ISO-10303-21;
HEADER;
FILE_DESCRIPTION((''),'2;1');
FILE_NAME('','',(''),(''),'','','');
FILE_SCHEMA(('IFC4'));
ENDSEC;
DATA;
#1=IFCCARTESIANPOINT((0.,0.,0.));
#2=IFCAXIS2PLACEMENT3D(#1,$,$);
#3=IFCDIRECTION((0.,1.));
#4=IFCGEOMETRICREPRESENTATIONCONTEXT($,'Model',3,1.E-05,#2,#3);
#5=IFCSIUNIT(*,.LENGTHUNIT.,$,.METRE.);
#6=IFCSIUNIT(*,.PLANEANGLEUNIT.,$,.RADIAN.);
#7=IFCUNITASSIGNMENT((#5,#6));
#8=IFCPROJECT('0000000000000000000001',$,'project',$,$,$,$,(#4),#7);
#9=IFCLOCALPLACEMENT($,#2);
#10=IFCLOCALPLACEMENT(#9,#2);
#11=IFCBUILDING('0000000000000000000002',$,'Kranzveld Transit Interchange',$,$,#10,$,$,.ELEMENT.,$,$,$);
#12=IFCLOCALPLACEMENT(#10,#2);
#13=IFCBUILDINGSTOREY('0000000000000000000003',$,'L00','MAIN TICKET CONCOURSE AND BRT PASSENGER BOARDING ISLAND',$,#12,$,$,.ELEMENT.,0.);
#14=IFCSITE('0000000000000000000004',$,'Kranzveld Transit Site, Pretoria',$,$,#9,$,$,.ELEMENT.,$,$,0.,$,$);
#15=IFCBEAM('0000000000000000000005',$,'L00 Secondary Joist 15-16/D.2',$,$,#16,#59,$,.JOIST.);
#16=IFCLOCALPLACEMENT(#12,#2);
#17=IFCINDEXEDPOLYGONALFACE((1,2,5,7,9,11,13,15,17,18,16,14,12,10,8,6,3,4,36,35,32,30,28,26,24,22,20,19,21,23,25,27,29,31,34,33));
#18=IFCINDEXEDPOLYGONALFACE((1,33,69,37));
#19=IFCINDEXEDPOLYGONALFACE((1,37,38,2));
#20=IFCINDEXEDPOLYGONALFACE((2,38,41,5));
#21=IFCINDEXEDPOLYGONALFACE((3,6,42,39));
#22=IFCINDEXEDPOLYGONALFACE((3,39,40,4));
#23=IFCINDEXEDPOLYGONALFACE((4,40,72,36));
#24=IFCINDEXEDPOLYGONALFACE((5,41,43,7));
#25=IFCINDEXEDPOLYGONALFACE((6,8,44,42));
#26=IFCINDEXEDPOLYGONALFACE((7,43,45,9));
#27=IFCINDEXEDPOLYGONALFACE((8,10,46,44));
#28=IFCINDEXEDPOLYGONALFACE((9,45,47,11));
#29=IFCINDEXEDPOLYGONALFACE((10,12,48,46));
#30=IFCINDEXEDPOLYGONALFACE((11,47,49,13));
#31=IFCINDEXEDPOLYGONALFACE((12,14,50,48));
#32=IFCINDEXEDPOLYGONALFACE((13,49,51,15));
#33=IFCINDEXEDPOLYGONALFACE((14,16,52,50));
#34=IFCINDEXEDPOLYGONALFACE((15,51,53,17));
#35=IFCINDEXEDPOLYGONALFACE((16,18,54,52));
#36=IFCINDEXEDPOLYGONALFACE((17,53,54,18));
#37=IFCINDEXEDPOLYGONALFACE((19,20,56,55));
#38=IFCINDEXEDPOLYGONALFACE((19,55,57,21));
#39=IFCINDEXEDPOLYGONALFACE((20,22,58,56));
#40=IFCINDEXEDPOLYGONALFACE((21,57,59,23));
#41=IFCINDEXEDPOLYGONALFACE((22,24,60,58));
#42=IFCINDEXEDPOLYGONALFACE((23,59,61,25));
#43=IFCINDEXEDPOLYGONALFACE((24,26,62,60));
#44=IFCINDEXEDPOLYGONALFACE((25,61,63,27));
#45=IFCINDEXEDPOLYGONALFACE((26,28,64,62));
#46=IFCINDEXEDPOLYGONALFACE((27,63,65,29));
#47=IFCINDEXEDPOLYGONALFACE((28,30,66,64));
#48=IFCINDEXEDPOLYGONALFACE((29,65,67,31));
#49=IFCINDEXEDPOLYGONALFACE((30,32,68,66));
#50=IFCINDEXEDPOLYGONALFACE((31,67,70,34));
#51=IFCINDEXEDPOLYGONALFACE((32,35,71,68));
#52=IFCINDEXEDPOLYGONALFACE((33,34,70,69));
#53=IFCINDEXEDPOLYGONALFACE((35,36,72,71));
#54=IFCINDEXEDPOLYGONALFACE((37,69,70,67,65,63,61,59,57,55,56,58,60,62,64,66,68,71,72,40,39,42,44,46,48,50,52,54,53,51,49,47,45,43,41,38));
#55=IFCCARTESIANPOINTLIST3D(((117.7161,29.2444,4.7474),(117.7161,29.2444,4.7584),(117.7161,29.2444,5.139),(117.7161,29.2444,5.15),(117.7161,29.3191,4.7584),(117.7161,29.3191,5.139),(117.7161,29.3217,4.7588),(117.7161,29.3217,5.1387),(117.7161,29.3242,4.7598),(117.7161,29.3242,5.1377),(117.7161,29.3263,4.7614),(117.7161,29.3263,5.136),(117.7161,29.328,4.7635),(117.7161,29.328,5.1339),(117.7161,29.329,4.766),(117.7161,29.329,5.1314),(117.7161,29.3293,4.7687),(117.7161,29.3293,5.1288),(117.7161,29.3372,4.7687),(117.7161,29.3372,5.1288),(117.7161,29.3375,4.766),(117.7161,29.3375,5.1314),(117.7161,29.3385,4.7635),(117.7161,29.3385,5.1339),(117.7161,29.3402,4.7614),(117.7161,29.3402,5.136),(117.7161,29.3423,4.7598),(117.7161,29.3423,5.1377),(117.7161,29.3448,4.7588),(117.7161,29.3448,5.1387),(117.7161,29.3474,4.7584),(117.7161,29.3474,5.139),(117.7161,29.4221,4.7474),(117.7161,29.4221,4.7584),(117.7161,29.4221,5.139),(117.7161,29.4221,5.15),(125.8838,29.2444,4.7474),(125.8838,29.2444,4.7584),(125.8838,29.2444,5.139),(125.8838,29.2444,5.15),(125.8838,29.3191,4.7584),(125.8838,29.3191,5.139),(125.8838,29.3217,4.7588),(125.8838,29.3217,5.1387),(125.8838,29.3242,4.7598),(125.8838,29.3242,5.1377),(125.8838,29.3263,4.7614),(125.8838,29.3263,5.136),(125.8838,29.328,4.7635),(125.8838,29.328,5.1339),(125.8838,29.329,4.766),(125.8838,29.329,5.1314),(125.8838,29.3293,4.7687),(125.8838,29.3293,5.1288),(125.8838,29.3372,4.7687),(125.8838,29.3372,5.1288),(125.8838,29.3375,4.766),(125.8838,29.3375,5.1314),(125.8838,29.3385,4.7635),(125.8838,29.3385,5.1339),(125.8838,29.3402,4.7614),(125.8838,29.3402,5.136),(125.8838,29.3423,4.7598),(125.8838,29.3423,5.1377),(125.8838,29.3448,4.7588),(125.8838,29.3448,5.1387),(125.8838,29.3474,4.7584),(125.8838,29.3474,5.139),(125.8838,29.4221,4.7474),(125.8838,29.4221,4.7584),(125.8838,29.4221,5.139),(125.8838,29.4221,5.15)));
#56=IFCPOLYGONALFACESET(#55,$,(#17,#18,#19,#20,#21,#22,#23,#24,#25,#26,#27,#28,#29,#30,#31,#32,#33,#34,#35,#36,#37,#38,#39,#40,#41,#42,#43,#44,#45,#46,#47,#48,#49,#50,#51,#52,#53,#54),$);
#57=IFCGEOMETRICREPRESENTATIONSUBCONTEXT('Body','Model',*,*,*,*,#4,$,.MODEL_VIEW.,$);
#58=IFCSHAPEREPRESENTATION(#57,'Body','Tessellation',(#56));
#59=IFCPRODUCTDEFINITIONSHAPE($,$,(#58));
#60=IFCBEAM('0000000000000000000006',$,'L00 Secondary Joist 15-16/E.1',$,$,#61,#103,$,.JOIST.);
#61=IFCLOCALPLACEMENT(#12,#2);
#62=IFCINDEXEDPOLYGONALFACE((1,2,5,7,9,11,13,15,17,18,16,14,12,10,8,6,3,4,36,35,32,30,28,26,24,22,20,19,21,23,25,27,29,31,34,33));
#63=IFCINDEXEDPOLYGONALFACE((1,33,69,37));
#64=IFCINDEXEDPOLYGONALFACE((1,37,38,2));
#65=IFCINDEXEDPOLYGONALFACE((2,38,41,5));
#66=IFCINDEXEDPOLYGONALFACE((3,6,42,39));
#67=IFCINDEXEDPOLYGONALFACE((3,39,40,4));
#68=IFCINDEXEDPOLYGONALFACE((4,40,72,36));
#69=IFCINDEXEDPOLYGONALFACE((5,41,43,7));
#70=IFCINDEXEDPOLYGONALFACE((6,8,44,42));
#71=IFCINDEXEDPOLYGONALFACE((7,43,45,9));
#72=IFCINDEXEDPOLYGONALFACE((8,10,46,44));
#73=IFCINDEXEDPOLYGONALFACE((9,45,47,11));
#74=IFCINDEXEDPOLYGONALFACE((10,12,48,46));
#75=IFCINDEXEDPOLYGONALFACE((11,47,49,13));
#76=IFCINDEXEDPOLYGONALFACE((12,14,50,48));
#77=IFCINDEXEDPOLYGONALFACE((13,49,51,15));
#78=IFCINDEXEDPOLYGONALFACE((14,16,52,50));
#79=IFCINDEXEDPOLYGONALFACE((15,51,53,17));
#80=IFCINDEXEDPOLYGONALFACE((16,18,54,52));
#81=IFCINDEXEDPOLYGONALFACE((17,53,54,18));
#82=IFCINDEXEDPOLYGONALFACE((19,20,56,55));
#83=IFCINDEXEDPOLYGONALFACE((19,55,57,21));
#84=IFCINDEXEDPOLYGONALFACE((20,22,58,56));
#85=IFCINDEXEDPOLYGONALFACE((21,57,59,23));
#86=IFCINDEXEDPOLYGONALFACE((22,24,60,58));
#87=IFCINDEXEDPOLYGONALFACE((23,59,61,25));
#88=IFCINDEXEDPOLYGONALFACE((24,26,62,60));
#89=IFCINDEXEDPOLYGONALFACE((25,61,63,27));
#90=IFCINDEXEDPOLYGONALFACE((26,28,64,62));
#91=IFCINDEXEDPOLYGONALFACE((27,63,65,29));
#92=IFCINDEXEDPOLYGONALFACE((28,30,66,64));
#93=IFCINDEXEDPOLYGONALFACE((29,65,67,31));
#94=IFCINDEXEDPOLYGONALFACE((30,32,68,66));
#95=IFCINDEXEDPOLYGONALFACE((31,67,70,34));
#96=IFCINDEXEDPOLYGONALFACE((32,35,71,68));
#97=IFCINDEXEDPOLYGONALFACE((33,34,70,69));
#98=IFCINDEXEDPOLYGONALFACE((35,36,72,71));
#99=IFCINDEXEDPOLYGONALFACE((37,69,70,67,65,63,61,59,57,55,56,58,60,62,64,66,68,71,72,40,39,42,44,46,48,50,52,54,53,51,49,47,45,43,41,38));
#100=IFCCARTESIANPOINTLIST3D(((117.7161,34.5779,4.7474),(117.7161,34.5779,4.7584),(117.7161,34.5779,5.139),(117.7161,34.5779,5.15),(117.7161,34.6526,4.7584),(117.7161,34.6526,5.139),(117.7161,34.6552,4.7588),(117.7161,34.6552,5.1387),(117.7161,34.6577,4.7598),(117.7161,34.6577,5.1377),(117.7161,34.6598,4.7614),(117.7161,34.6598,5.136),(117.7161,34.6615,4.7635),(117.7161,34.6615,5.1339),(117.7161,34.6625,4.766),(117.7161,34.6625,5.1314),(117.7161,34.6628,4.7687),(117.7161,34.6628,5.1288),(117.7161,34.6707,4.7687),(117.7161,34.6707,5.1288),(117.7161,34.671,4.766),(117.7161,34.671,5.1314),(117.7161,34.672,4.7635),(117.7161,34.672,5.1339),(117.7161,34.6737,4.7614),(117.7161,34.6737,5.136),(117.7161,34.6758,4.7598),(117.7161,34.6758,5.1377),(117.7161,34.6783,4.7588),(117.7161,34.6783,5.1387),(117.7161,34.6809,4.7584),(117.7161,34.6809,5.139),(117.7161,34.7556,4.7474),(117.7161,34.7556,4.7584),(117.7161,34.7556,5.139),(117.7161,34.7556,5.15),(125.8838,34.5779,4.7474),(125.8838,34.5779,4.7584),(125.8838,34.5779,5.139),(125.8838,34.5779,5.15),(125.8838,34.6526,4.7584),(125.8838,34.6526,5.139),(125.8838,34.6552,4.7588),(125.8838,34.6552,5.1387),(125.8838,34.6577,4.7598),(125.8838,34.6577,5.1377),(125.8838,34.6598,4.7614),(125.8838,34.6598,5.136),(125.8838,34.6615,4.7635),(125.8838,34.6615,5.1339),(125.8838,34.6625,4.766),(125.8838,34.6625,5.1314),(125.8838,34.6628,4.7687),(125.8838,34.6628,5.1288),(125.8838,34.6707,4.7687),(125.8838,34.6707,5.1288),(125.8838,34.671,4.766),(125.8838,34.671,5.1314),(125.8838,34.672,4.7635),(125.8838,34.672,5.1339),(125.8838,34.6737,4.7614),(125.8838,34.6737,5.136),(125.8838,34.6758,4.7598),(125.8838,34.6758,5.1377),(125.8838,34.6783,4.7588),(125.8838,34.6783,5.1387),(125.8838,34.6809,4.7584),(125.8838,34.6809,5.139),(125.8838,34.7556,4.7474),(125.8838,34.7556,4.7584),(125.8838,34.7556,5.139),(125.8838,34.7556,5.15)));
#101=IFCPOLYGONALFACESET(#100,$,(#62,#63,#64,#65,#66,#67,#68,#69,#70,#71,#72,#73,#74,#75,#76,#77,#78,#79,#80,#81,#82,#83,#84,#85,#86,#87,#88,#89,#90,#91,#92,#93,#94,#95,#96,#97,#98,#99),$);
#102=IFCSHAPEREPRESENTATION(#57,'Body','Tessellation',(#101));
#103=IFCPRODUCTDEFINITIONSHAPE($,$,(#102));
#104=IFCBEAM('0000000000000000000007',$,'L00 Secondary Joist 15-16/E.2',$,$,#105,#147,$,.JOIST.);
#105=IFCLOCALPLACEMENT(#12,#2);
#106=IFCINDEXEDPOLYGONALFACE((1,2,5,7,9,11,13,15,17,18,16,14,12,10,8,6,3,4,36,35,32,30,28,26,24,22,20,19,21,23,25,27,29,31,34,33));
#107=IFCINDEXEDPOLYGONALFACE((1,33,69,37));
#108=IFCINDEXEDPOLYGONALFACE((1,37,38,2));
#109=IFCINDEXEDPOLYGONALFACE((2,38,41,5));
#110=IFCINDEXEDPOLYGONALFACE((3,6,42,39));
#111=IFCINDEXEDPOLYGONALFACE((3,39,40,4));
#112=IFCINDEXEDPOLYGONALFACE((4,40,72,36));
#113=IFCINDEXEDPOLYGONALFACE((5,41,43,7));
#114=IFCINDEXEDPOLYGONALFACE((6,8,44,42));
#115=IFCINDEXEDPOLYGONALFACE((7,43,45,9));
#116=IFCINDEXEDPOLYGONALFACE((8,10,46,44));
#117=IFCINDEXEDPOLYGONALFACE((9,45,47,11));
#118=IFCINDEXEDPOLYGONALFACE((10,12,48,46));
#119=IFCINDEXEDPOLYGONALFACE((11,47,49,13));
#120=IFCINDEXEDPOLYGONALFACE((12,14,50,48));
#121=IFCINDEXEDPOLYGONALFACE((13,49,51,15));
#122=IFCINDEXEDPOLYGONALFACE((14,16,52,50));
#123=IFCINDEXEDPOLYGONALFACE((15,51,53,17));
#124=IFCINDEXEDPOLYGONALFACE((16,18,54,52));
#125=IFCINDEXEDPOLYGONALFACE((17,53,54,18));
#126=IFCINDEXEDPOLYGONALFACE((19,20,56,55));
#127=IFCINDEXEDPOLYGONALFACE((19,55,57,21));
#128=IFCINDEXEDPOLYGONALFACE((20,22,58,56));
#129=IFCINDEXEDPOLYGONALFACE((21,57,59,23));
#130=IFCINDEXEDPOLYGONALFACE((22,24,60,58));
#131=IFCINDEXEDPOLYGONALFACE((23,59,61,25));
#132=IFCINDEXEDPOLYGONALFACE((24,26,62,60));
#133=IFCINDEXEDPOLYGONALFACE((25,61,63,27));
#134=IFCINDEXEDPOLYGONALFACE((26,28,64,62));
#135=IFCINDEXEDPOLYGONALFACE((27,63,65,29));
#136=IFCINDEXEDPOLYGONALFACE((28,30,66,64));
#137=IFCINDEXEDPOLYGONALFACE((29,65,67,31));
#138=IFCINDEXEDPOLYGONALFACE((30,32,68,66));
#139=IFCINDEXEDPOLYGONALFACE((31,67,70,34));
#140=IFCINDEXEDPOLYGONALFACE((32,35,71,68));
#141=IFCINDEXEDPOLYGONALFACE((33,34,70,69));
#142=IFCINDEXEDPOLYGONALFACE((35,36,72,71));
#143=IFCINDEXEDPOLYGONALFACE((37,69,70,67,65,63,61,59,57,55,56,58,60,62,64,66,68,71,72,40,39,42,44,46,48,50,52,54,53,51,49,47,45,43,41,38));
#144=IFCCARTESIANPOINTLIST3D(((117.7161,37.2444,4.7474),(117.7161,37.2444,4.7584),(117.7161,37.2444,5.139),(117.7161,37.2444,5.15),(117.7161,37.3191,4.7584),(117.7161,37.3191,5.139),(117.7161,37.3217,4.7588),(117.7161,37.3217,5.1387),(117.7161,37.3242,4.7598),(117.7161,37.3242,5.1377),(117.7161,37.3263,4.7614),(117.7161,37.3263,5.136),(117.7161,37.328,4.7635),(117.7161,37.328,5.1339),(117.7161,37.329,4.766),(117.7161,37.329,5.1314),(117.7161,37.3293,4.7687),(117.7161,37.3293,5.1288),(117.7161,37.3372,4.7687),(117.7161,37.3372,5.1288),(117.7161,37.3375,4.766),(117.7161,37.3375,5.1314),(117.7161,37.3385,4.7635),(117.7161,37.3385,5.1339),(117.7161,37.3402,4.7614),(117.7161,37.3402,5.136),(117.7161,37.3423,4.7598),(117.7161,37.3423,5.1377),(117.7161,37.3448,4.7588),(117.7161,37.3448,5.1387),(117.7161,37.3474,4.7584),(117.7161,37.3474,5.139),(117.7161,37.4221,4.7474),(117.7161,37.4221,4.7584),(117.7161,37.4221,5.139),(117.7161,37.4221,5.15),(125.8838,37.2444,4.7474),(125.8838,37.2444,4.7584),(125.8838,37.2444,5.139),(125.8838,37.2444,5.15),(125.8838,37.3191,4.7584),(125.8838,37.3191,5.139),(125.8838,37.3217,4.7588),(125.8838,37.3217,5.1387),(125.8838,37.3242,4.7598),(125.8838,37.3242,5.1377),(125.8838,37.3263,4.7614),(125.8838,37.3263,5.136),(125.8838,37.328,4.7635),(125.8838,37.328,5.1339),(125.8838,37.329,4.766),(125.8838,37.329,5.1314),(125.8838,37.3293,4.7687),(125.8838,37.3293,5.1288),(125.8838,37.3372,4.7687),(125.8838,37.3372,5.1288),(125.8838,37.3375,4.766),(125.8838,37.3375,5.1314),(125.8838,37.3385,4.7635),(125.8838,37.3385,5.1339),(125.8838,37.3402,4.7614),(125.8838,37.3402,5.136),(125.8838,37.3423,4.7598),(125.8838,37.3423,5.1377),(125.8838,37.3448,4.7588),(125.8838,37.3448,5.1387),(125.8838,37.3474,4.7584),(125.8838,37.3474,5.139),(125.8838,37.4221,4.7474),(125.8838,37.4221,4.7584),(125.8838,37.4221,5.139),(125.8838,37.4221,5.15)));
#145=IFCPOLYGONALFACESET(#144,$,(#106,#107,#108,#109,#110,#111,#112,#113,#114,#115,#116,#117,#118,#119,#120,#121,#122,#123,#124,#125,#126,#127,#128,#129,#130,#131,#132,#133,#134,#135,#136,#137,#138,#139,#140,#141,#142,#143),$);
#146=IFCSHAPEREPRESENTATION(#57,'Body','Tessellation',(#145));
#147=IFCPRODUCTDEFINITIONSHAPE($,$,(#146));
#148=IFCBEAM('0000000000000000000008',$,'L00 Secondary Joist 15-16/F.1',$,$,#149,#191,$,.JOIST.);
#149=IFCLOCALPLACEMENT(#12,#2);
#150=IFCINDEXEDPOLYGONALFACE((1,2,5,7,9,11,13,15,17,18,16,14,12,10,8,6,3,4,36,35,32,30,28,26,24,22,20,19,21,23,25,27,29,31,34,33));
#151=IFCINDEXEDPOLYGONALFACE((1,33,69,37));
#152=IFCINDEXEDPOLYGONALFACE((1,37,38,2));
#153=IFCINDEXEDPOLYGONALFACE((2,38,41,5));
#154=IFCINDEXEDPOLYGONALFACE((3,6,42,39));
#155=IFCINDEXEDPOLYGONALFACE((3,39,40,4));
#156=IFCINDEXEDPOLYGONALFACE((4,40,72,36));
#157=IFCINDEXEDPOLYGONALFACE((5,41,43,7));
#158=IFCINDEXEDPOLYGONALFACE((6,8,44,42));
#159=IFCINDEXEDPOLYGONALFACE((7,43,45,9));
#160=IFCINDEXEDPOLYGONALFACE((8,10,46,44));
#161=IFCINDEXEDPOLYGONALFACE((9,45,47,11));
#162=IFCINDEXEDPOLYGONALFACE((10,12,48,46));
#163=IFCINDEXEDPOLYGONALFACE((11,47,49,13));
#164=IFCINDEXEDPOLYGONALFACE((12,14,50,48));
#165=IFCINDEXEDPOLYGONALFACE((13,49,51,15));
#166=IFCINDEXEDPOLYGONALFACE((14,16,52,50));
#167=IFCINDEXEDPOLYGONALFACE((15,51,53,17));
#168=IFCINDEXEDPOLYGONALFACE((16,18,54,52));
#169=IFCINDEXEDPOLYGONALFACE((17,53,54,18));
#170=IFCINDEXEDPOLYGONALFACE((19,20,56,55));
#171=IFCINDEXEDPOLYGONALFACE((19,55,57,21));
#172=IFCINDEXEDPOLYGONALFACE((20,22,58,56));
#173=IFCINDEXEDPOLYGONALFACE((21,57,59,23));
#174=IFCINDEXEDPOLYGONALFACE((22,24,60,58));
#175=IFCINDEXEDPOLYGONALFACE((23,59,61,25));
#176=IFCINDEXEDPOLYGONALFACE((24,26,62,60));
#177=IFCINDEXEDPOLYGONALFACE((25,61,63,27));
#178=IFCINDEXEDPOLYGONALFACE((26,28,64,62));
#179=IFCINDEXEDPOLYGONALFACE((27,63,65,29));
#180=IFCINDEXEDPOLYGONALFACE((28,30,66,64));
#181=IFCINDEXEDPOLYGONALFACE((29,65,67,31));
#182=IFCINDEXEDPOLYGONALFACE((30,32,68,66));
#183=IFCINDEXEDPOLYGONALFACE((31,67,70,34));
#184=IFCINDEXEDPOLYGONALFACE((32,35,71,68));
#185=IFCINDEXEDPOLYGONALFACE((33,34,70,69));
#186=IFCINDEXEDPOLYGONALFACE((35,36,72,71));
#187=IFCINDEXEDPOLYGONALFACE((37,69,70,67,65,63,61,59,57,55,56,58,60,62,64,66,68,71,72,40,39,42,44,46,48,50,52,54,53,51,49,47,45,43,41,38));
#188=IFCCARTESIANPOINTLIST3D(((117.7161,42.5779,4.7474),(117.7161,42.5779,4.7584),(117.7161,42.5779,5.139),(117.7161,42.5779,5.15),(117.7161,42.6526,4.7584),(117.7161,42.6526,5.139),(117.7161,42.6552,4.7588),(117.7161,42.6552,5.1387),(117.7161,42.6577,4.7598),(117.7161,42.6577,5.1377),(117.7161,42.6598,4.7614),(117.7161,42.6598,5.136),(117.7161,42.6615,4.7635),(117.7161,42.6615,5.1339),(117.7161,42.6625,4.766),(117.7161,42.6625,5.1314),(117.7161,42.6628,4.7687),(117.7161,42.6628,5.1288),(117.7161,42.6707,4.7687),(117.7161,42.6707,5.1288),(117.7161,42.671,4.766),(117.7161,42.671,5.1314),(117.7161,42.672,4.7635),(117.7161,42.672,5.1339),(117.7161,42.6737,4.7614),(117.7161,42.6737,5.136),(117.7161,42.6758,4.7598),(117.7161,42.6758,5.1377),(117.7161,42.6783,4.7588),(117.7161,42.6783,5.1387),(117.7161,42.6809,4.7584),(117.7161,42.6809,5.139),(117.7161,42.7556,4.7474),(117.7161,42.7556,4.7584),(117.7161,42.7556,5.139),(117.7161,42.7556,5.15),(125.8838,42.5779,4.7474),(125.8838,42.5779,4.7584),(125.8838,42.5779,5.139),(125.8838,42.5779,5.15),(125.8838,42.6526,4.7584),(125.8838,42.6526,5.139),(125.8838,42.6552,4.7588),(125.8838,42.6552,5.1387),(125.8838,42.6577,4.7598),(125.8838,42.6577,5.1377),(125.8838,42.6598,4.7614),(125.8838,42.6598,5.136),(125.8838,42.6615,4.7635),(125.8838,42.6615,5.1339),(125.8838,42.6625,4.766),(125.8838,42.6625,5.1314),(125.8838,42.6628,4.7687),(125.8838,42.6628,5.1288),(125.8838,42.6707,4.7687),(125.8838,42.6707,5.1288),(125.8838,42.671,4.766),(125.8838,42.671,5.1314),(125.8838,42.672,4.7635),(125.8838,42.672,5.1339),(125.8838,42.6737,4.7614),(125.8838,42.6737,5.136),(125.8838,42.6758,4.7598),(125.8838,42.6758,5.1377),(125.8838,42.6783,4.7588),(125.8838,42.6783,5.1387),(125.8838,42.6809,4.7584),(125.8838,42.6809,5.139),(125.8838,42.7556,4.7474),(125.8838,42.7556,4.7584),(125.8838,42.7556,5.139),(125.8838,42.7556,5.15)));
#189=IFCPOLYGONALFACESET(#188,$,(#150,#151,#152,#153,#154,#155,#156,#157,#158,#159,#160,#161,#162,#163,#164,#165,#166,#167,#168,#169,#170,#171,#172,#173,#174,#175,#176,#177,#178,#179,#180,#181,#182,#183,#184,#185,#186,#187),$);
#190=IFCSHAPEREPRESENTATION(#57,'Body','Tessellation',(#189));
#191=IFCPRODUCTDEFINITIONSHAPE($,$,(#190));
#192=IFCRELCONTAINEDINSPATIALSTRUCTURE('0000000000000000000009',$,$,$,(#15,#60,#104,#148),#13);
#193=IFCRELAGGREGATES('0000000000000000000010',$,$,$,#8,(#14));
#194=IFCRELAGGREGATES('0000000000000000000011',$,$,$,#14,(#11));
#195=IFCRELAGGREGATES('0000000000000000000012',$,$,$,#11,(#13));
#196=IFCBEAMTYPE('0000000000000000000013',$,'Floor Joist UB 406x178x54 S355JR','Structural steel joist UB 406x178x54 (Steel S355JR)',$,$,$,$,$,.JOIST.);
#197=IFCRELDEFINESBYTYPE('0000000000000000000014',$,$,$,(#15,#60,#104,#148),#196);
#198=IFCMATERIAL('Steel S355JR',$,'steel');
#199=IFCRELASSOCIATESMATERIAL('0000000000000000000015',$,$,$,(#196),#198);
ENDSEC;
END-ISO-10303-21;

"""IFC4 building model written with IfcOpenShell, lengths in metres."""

from ifc_helpers import new_model, si_unit, direction, frame, origin, origin_2d, place, context, subcontext, project, spatial, i_section, extrude, material, material_profile, profile_set, type_object, element, save


model = new_model("IFC4")

# Units and contexts
model_context = context("Model", 3, precision=1e-05, world=origin(), true_north=direction((0.0, 1.0)))
body_context = subcontext(model_context, "Body", "Model", "MODEL_VIEW")
ifc_project = project(units=[si_unit("LENGTHUNIT", "METRE"), si_unit("PLANEANGLEUNIT", "RADIAN")], contexts=[model_context])

# Site, building, storey
site_placement = place(None, origin())
site = spatial("IfcSite", under=ifc_project, at=site_placement, Name="Kranzveld Transit Site, Pretoria", CompositionType="ELEMENT", RefElevation=0.0)
building_placement = place(site_placement, origin())
building = spatial("IfcBuilding", under=site, at=building_placement, Name="Kranzveld Transit Interchange", CompositionType="ELEMENT")
storey_placement = place(building_placement, origin())
storey = spatial("IfcBuildingStorey", under=building, at=storey_placement, Name="L00", Description="MAIN TICKET CONCOURSE AND BRT PASSENGER BOARDING ISLAND", CompositionType="ELEMENT", Elevation=0.0)

# Beams
ifc_material_1 = material(Name="Steel S355JR", Category="steel")
ifc_material_profile_1 = material_profile(ifc_material_1, i_section(OverallWidth=0.1777, OverallDepth=0.4026, WebThickness=0.0078, FlangeThickness=0.011, FilletRadius=0.0103, at=origin_2d()), Name="UB 406x178x54")
ifc_profile_set_1 = profile_set([ifc_material_profile_1], Name="Steel S355JR")
beam_type_1 = type_object("IfcBeamType", Name="Floor Joist UB 406x178x54 S355JR", Description="Structural steel joist UB 406x178x54 (Steel S355JR)", PredefinedType="JOIST", material=ifc_profile_set_1)
for number, where, z_axis, x_axis, name in (
    (1, (117.7161, 29.3333, 4.9487), (1.0, 0.0, 0.0), (0.0, 1.0, 0.0), "L00 Secondary Joist 15-16/D.2"),
    (2, (117.7161, 34.6667, 4.9487), (1.0, 0.0, 0.0), (0.0, 1.0, 0.0), "L00 Secondary Joist 15-16/E.1"),
    (3, (117.7161, 37.3333, 4.9487), (1.0, 0.0, 0.0), (0.0, 1.0, 0.0), "L00 Secondary Joist 15-16/E.2"),
    (4, (117.7161, 42.6667, 4.9487), (1.0, 0.0, 0.0), (0.0, 1.0, 0.0), "L00 Secondary Joist 15-16/F.1"),
):
    element("IfcBeam", number, at=place(storey_placement, frame(where, z_axis=z_axis, x_axis=x_axis)), inside=storey, type_object=beam_type_1, Name=name, PredefinedType="JOIST", context=body_context, shape_type="SweptSolid", body=[
        extrude(i_section(OverallWidth=0.1777, OverallDepth=0.4026, WebThickness=0.0078, FlangeThickness=0.011, FilletRadius=0.0103, at=origin_2d()), origin(), (0.0, 0.0, 1.0), 8.1677),
    ])

save(model, "model.ifc")
